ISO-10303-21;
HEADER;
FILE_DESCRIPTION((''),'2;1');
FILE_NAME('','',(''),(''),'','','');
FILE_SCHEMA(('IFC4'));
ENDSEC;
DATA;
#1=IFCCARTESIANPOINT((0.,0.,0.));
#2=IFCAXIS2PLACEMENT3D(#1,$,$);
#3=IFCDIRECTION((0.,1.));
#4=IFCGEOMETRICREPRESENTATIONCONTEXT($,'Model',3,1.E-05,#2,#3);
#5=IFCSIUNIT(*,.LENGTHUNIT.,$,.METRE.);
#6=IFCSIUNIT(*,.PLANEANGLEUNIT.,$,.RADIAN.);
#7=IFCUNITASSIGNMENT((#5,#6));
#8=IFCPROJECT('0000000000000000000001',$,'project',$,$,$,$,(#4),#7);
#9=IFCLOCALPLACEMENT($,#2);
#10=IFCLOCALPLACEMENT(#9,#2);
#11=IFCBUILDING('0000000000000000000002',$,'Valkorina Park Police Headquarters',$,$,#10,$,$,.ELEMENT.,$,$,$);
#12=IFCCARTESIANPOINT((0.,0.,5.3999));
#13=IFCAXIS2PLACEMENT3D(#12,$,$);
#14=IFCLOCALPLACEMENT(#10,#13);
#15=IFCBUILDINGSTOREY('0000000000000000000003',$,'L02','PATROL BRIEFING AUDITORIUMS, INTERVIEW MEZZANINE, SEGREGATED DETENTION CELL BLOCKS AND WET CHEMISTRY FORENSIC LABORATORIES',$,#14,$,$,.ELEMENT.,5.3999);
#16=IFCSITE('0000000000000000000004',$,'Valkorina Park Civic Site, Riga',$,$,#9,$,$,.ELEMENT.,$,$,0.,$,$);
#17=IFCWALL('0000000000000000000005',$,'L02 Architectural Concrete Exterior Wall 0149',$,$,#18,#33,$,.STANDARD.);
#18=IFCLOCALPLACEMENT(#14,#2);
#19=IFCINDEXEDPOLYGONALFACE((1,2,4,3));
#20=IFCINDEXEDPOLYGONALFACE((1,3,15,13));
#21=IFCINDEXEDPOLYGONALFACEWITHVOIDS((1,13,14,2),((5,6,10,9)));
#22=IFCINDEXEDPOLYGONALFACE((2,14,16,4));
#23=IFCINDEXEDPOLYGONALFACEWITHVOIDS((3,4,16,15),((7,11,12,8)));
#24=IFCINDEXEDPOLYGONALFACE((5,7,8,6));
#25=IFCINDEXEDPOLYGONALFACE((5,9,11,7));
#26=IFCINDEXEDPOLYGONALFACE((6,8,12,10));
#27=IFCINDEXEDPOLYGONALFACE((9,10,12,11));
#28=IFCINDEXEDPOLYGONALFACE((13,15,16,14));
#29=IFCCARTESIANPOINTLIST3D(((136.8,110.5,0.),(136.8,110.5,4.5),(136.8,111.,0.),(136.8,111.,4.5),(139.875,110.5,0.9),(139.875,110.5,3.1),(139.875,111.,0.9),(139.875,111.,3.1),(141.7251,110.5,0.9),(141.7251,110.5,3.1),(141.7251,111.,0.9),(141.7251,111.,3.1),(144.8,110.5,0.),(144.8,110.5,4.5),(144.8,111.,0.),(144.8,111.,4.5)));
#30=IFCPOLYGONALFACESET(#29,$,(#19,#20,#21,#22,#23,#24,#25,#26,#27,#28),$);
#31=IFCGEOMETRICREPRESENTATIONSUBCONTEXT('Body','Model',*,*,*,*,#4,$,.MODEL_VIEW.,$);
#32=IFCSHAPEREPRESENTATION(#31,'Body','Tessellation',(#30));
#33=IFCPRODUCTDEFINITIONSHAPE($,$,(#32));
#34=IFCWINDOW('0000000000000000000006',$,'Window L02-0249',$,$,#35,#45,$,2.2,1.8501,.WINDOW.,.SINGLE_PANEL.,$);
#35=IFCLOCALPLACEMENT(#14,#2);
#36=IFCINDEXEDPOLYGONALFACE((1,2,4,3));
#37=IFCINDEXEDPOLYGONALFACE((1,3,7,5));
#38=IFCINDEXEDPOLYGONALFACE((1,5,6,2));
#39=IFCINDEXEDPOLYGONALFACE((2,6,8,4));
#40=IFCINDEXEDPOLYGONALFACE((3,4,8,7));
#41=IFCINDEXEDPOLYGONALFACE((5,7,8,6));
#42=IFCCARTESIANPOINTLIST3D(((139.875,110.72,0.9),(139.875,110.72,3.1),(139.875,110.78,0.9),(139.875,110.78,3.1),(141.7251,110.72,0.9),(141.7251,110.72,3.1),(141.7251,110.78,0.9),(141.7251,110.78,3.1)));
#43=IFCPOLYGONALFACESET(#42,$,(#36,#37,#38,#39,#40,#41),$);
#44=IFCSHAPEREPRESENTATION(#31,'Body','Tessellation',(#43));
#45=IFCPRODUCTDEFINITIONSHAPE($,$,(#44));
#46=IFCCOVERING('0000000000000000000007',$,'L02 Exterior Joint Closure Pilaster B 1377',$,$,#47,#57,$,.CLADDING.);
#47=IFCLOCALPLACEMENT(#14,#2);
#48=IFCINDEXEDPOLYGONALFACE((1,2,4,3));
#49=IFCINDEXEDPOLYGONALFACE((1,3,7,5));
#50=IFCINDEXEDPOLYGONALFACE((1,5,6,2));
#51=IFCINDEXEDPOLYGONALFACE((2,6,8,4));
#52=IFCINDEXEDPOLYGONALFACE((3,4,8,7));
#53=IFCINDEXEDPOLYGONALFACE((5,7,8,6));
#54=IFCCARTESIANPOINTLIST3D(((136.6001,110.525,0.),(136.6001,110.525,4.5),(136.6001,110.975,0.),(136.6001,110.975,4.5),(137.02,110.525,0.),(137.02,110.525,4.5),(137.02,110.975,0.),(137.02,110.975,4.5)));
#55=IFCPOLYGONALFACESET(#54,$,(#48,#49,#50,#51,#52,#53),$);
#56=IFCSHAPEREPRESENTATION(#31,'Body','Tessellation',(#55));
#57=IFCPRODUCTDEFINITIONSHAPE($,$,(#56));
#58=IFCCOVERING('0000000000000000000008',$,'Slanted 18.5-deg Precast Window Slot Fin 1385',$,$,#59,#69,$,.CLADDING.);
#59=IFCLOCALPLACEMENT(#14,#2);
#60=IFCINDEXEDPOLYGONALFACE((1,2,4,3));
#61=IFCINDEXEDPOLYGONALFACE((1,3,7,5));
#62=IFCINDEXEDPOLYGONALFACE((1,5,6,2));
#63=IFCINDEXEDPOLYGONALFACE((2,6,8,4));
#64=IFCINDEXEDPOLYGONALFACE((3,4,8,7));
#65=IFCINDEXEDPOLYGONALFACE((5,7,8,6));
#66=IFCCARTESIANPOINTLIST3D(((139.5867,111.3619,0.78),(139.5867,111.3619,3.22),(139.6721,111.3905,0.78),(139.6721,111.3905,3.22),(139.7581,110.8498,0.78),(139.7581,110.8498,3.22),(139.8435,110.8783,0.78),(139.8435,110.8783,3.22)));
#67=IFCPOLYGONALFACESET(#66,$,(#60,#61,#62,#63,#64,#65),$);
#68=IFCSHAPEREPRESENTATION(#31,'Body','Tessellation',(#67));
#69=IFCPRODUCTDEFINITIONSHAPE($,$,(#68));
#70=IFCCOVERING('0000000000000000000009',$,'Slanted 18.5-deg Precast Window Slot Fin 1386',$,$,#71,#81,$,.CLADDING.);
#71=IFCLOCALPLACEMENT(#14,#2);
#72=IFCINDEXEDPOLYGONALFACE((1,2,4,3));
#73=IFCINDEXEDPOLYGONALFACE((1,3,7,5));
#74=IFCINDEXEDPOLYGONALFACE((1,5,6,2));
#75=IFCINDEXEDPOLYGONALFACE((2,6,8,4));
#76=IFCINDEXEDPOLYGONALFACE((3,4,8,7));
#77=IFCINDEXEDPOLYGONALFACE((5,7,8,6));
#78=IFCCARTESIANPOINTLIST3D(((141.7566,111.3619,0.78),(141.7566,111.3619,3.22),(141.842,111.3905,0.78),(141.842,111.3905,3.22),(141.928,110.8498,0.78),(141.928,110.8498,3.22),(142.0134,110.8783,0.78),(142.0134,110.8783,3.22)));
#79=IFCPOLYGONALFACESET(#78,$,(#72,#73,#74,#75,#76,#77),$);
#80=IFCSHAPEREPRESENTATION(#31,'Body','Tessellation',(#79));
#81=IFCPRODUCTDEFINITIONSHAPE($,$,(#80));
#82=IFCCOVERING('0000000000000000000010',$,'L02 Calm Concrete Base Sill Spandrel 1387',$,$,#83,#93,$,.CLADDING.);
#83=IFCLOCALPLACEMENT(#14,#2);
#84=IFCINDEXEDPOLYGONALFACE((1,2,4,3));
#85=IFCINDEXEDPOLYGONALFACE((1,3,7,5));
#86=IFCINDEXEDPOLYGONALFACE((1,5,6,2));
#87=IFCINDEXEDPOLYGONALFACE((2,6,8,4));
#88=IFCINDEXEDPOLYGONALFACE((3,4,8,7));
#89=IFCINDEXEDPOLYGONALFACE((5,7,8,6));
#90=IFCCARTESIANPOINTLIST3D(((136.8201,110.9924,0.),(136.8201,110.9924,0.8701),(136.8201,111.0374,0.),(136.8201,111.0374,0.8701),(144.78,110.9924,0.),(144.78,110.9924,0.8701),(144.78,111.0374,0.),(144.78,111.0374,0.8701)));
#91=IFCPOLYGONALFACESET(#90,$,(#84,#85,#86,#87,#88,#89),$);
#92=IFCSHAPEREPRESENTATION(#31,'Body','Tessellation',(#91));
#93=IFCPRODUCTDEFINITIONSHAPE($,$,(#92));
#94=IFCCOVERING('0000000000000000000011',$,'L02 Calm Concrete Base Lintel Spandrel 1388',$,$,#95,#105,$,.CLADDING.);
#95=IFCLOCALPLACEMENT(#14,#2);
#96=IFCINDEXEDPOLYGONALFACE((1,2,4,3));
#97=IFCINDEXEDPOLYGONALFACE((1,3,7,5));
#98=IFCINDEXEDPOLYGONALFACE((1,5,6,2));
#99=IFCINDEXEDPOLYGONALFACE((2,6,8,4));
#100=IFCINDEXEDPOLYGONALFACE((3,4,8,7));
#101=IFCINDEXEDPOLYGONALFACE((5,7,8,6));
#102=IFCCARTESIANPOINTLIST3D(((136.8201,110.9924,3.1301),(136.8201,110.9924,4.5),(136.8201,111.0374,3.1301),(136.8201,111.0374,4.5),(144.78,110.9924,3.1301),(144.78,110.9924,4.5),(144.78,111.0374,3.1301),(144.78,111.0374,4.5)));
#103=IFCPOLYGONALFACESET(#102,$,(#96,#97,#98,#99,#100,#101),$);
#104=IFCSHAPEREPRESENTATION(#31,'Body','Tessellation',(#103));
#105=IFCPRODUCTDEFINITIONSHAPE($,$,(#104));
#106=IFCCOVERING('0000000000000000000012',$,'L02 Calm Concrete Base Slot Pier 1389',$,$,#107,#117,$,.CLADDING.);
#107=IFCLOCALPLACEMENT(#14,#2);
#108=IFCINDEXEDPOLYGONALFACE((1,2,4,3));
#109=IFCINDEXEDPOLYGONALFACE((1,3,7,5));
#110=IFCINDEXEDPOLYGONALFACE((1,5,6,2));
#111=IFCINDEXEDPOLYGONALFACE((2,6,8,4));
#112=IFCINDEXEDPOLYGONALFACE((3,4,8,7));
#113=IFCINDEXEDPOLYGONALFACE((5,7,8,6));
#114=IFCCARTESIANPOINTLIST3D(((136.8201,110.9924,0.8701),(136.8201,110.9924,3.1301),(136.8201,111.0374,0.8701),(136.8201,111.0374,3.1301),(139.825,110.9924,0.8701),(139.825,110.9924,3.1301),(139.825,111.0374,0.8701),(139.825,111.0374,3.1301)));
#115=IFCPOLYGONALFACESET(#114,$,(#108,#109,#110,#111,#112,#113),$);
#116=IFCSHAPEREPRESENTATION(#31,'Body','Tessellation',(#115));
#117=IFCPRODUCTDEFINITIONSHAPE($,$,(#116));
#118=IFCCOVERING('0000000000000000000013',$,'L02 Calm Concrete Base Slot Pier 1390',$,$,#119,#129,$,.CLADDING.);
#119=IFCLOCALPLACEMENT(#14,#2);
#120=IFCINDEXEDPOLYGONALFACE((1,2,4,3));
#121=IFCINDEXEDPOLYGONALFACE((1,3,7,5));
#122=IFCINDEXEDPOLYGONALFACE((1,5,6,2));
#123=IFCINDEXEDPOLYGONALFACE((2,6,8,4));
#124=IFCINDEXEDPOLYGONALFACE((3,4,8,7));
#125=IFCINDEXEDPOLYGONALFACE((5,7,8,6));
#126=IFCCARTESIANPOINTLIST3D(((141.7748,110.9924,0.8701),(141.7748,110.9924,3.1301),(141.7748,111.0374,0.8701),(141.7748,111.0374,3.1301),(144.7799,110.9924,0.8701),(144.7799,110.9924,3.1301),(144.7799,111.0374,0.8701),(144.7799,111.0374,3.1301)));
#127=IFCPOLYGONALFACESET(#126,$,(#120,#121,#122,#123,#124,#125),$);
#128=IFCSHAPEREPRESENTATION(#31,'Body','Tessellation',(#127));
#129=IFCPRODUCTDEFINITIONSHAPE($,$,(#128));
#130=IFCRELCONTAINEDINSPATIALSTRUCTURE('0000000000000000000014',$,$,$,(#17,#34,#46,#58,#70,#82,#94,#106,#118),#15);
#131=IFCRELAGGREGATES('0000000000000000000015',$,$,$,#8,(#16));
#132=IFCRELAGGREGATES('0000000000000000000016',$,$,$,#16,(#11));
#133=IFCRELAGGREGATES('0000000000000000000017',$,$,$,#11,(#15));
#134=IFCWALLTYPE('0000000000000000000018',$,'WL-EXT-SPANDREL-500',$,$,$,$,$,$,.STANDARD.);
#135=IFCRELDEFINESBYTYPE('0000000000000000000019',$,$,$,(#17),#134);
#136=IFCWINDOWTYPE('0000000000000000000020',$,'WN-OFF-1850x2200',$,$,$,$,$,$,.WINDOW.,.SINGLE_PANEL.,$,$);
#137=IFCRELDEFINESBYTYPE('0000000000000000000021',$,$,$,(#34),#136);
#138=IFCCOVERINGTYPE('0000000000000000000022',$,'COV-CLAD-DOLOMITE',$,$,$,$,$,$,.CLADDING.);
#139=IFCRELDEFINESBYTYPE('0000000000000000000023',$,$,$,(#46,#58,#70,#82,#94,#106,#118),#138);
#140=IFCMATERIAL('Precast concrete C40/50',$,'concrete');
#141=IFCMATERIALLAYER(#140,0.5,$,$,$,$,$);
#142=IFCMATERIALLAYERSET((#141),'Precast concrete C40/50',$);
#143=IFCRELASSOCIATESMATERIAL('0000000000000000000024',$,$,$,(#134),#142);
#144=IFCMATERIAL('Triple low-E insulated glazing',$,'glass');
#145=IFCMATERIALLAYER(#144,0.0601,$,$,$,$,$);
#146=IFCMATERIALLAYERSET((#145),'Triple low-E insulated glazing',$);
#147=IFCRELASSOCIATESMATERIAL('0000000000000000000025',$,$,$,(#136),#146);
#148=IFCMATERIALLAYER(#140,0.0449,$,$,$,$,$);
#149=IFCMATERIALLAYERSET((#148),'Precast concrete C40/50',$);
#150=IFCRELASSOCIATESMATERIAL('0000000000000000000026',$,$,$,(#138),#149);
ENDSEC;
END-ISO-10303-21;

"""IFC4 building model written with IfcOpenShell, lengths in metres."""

from ifc_helpers import new_model, si_unit, direction, frame, frame_2d, origin, origin_2d, place, context, subcontext, project, spatial, rectangle, extrude, material, layer, layer_set, type_object, element, fill, save


model = new_model("IFC4")

# Units and contexts
model_context = context("Model", 3, precision=1e-05, world=origin(), true_north=direction((0.0, 1.0)))
body_context = subcontext(model_context, "Body", "Model", "MODEL_VIEW")
ifc_project = project(units=[si_unit("LENGTHUNIT", "METRE"), si_unit("PLANEANGLEUNIT", "RADIAN")], contexts=[model_context])

# Site, building, storey
site_placement = place(None, origin())
site = spatial("IfcSite", under=ifc_project, at=site_placement, Name="Valkorina Park Civic Site, Riga", CompositionType="ELEMENT", RefElevation=0.0)
building_placement = place(site_placement, origin())
building = spatial("IfcBuilding", under=site, at=building_placement, Name="Valkorina Park Police Headquarters", CompositionType="ELEMENT")
storey_placement = place(building_placement, frame((0.0, 0.0, 5.3999)))
storey = spatial("IfcBuildingStorey", under=building, at=storey_placement, Name="L02", Description="PATROL BRIEFING AUDITORIUMS, INTERVIEW MEZZANINE, SEGREGATED DETENTION CELL BLOCKS AND WET CHEMISTRY FORENSIC LABORATORIES", CompositionType="ELEMENT", Elevation=5.3999)

# Wall, opening, window
ifc_material_1 = material(Name="Precast concrete C40/50", Category="concrete")
ifc_layer_1 = layer(ifc_material_1, 0.5)
ifc_layer_set_1 = layer_set([ifc_layer_1], Name="Precast concrete C40/50")
wall_type = type_object("IfcWallType", Name="WL-EXT-SPANDREL-500", PredefinedType="STANDARD", material=ifc_layer_set_1)
wall_placement = place(storey_placement, frame((136.8, 110.75, 0.0), z_axis=(0.0, 0.0, 1.0), x_axis=(1.0, 0.0, 0.0)))
wall = element("IfcWall", 1, at=wall_placement, inside=storey, type_object=wall_type, Name="L02 Architectural Concrete Exterior Wall 0149", PredefinedType="STANDARD", context=body_context, shape_type="SweptSolid", body=[
    extrude(rectangle(XDim=8.0, YDim=0.5, at=frame_2d((4.0, 0.0))), origin(), (0.0, 0.0, 1.0), 4.5),
])
opening_placement = place(wall_placement, frame((3.075, 0.0, 0.8999)))
opening = element("IfcOpeningElement", 2, at=opening_placement, cuts=wall, PredefinedType="OPENING", context=body_context, shape_type="SweptSolid", body=[
    extrude(rectangle(XDim=1.8501, YDim=2.2, at=frame_2d((0.925, 1.1001))), frame((0.0, 0.26, 0.0), z_axis=(0.0, -1.0, 0.0), x_axis=(1.0, 0.0, 0.0)), (0.0, 0.0, 1.0), 0.52),
])
ifc_material_2 = material(Name="Triple low-E insulated glazing", Category="glass")
ifc_layer_2 = layer(ifc_material_2, 0.0601)
ifc_layer_set_2 = layer_set([ifc_layer_2], Name="Triple low-E insulated glazing")
window_type = type_object("IfcWindowType", Name="WN-OFF-1850x2200", PartitioningType="SINGLE_PANEL", PredefinedType="WINDOW", material=ifc_layer_set_2)
window_placement = place(opening_placement, origin())
window = element("IfcWindow", 3, at=window_placement, inside=storey, type_object=window_type, Name="Window L02-0249", OverallHeight=2.2, OverallWidth=1.8501, PartitioningType="SINGLE_PANEL", PredefinedType="WINDOW", context=body_context, shape_type="SweptSolid", body=[
    extrude(rectangle(XDim=1.8501, YDim=2.2, at=frame_2d((0.925, 1.1001))), frame((0.0, 0.03, 0.0), z_axis=(0.0, -1.0, 0.0), x_axis=(1.0, 0.0, 0.0)), (0.0, 0.0, 1.0), 0.0601),
])
fill(opening, window)

# Coverings
ifc_layer_3 = layer(ifc_material_1, 0.0449)
ifc_layer_set_3 = layer_set([ifc_layer_3], Name="Precast concrete C40/50")
covering_type = type_object("IfcCoveringType", Name="COV-CLAD-DOLOMITE", PredefinedType="CLADDING", material=ifc_layer_set_3)
covering_1_placement = place(storey_placement, frame((136.8101, 110.75, 0.0), z_axis=(0.0, 0.0, 1.0), x_axis=(1.0, 0.0, 0.0)))
element("IfcCovering", 4, at=covering_1_placement, inside=storey, type_object=covering_type, Name="L02 Exterior Joint Closure Pilaster B 1377", PredefinedType="CLADDING", context=body_context, shape_type="SweptSolid", body=[
    extrude(rectangle(XDim=0.4199, YDim=0.45, at=origin_2d()), origin(), (0.0, 0.0, 1.0), 4.5),
])
for number, where, z_axis, x_axis, name in (
    (5, (139.7151, 111.1201, 0.78), (0.0, 0.0, 1.0), (-0.317305, 0.948324, 0.0), "Slanted 18.5-deg Precast Window Slot Fin 1385"),
    (6, (141.885, 111.1201, 0.78), (0.0, 0.0, 1.0), (-0.317305, 0.948324, 0.0), "Slanted 18.5-deg Precast Window Slot Fin 1386"),
):
    element("IfcCovering", number, at=place(storey_placement, frame(where, z_axis=z_axis, x_axis=x_axis)), inside=storey, type_object=covering_type, Name=name, PredefinedType="CLADDING", context=body_context, shape_type="SweptSolid", body=[
        extrude(rectangle(XDim=0.54, YDim=0.0901, at=origin_2d()), origin(), (0.0, 0.0, 1.0), 2.4399),
    ])
covering_2_placement = place(storey_placement, frame((136.8201, 111.0149, 0.0), z_axis=(0.0, 0.0, 1.0), x_axis=(1.0, 0.0, 0.0)))
element("IfcCovering", 7, at=covering_2_placement, inside=storey, type_object=covering_type, Name="L02 Calm Concrete Base Sill Spandrel 1387", PredefinedType="CLADDING", context=body_context, shape_type="SweptSolid", body=[
    extrude(rectangle(XDim=7.96, YDim=0.0449, at=frame_2d((3.98, 0.0))), origin(), (0.0, 0.0, 1.0), 0.8701),
])
covering_3_placement = place(storey_placement, frame((136.8201, 111.0149, 3.1301), z_axis=(0.0, 0.0, 1.0), x_axis=(1.0, 0.0, 0.0)))
element("IfcCovering", 8, at=covering_3_placement, inside=storey, type_object=covering_type, Name="L02 Calm Concrete Base Lintel Spandrel 1388", PredefinedType="CLADDING", context=body_context, shape_type="SweptSolid", body=[
    extrude(rectangle(XDim=7.96, YDim=0.0449, at=frame_2d((3.98, 0.0))), origin(), (0.0, 0.0, 1.0), 1.3699),
])
covering_4_placement = place(storey_placement, frame((136.8201, 111.0149, 0.8701), z_axis=(0.0, 0.0, 1.0), x_axis=(1.0, 0.0, 0.0)))
element("IfcCovering", 9, at=covering_4_placement, inside=storey, type_object=covering_type, Name="L02 Calm Concrete Base Slot Pier 1389", PredefinedType="CLADDING", context=body_context, shape_type="SweptSolid", body=[
    extrude(rectangle(XDim=3.0049, YDim=0.0449, at=frame_2d((1.5024, 0.0))), origin(), (0.0, 0.0, 1.0), 2.26),
])
covering_5_placement = place(storey_placement, frame((141.7749, 111.0149, 0.8701), z_axis=(0.0, 0.0, 1.0), x_axis=(1.0, 0.0, 0.0)))
element("IfcCovering", 10, at=covering_5_placement, inside=storey, type_object=covering_type, Name="L02 Calm Concrete Base Slot Pier 1390", PredefinedType="CLADDING", context=body_context, shape_type="SweptSolid", body=[
    extrude(rectangle(XDim=3.0051, YDim=0.0449, at=frame_2d((1.5024, 0.0))), origin(), (0.0, 0.0, 1.0), 2.26),
])

save(model, "model.ifc")
